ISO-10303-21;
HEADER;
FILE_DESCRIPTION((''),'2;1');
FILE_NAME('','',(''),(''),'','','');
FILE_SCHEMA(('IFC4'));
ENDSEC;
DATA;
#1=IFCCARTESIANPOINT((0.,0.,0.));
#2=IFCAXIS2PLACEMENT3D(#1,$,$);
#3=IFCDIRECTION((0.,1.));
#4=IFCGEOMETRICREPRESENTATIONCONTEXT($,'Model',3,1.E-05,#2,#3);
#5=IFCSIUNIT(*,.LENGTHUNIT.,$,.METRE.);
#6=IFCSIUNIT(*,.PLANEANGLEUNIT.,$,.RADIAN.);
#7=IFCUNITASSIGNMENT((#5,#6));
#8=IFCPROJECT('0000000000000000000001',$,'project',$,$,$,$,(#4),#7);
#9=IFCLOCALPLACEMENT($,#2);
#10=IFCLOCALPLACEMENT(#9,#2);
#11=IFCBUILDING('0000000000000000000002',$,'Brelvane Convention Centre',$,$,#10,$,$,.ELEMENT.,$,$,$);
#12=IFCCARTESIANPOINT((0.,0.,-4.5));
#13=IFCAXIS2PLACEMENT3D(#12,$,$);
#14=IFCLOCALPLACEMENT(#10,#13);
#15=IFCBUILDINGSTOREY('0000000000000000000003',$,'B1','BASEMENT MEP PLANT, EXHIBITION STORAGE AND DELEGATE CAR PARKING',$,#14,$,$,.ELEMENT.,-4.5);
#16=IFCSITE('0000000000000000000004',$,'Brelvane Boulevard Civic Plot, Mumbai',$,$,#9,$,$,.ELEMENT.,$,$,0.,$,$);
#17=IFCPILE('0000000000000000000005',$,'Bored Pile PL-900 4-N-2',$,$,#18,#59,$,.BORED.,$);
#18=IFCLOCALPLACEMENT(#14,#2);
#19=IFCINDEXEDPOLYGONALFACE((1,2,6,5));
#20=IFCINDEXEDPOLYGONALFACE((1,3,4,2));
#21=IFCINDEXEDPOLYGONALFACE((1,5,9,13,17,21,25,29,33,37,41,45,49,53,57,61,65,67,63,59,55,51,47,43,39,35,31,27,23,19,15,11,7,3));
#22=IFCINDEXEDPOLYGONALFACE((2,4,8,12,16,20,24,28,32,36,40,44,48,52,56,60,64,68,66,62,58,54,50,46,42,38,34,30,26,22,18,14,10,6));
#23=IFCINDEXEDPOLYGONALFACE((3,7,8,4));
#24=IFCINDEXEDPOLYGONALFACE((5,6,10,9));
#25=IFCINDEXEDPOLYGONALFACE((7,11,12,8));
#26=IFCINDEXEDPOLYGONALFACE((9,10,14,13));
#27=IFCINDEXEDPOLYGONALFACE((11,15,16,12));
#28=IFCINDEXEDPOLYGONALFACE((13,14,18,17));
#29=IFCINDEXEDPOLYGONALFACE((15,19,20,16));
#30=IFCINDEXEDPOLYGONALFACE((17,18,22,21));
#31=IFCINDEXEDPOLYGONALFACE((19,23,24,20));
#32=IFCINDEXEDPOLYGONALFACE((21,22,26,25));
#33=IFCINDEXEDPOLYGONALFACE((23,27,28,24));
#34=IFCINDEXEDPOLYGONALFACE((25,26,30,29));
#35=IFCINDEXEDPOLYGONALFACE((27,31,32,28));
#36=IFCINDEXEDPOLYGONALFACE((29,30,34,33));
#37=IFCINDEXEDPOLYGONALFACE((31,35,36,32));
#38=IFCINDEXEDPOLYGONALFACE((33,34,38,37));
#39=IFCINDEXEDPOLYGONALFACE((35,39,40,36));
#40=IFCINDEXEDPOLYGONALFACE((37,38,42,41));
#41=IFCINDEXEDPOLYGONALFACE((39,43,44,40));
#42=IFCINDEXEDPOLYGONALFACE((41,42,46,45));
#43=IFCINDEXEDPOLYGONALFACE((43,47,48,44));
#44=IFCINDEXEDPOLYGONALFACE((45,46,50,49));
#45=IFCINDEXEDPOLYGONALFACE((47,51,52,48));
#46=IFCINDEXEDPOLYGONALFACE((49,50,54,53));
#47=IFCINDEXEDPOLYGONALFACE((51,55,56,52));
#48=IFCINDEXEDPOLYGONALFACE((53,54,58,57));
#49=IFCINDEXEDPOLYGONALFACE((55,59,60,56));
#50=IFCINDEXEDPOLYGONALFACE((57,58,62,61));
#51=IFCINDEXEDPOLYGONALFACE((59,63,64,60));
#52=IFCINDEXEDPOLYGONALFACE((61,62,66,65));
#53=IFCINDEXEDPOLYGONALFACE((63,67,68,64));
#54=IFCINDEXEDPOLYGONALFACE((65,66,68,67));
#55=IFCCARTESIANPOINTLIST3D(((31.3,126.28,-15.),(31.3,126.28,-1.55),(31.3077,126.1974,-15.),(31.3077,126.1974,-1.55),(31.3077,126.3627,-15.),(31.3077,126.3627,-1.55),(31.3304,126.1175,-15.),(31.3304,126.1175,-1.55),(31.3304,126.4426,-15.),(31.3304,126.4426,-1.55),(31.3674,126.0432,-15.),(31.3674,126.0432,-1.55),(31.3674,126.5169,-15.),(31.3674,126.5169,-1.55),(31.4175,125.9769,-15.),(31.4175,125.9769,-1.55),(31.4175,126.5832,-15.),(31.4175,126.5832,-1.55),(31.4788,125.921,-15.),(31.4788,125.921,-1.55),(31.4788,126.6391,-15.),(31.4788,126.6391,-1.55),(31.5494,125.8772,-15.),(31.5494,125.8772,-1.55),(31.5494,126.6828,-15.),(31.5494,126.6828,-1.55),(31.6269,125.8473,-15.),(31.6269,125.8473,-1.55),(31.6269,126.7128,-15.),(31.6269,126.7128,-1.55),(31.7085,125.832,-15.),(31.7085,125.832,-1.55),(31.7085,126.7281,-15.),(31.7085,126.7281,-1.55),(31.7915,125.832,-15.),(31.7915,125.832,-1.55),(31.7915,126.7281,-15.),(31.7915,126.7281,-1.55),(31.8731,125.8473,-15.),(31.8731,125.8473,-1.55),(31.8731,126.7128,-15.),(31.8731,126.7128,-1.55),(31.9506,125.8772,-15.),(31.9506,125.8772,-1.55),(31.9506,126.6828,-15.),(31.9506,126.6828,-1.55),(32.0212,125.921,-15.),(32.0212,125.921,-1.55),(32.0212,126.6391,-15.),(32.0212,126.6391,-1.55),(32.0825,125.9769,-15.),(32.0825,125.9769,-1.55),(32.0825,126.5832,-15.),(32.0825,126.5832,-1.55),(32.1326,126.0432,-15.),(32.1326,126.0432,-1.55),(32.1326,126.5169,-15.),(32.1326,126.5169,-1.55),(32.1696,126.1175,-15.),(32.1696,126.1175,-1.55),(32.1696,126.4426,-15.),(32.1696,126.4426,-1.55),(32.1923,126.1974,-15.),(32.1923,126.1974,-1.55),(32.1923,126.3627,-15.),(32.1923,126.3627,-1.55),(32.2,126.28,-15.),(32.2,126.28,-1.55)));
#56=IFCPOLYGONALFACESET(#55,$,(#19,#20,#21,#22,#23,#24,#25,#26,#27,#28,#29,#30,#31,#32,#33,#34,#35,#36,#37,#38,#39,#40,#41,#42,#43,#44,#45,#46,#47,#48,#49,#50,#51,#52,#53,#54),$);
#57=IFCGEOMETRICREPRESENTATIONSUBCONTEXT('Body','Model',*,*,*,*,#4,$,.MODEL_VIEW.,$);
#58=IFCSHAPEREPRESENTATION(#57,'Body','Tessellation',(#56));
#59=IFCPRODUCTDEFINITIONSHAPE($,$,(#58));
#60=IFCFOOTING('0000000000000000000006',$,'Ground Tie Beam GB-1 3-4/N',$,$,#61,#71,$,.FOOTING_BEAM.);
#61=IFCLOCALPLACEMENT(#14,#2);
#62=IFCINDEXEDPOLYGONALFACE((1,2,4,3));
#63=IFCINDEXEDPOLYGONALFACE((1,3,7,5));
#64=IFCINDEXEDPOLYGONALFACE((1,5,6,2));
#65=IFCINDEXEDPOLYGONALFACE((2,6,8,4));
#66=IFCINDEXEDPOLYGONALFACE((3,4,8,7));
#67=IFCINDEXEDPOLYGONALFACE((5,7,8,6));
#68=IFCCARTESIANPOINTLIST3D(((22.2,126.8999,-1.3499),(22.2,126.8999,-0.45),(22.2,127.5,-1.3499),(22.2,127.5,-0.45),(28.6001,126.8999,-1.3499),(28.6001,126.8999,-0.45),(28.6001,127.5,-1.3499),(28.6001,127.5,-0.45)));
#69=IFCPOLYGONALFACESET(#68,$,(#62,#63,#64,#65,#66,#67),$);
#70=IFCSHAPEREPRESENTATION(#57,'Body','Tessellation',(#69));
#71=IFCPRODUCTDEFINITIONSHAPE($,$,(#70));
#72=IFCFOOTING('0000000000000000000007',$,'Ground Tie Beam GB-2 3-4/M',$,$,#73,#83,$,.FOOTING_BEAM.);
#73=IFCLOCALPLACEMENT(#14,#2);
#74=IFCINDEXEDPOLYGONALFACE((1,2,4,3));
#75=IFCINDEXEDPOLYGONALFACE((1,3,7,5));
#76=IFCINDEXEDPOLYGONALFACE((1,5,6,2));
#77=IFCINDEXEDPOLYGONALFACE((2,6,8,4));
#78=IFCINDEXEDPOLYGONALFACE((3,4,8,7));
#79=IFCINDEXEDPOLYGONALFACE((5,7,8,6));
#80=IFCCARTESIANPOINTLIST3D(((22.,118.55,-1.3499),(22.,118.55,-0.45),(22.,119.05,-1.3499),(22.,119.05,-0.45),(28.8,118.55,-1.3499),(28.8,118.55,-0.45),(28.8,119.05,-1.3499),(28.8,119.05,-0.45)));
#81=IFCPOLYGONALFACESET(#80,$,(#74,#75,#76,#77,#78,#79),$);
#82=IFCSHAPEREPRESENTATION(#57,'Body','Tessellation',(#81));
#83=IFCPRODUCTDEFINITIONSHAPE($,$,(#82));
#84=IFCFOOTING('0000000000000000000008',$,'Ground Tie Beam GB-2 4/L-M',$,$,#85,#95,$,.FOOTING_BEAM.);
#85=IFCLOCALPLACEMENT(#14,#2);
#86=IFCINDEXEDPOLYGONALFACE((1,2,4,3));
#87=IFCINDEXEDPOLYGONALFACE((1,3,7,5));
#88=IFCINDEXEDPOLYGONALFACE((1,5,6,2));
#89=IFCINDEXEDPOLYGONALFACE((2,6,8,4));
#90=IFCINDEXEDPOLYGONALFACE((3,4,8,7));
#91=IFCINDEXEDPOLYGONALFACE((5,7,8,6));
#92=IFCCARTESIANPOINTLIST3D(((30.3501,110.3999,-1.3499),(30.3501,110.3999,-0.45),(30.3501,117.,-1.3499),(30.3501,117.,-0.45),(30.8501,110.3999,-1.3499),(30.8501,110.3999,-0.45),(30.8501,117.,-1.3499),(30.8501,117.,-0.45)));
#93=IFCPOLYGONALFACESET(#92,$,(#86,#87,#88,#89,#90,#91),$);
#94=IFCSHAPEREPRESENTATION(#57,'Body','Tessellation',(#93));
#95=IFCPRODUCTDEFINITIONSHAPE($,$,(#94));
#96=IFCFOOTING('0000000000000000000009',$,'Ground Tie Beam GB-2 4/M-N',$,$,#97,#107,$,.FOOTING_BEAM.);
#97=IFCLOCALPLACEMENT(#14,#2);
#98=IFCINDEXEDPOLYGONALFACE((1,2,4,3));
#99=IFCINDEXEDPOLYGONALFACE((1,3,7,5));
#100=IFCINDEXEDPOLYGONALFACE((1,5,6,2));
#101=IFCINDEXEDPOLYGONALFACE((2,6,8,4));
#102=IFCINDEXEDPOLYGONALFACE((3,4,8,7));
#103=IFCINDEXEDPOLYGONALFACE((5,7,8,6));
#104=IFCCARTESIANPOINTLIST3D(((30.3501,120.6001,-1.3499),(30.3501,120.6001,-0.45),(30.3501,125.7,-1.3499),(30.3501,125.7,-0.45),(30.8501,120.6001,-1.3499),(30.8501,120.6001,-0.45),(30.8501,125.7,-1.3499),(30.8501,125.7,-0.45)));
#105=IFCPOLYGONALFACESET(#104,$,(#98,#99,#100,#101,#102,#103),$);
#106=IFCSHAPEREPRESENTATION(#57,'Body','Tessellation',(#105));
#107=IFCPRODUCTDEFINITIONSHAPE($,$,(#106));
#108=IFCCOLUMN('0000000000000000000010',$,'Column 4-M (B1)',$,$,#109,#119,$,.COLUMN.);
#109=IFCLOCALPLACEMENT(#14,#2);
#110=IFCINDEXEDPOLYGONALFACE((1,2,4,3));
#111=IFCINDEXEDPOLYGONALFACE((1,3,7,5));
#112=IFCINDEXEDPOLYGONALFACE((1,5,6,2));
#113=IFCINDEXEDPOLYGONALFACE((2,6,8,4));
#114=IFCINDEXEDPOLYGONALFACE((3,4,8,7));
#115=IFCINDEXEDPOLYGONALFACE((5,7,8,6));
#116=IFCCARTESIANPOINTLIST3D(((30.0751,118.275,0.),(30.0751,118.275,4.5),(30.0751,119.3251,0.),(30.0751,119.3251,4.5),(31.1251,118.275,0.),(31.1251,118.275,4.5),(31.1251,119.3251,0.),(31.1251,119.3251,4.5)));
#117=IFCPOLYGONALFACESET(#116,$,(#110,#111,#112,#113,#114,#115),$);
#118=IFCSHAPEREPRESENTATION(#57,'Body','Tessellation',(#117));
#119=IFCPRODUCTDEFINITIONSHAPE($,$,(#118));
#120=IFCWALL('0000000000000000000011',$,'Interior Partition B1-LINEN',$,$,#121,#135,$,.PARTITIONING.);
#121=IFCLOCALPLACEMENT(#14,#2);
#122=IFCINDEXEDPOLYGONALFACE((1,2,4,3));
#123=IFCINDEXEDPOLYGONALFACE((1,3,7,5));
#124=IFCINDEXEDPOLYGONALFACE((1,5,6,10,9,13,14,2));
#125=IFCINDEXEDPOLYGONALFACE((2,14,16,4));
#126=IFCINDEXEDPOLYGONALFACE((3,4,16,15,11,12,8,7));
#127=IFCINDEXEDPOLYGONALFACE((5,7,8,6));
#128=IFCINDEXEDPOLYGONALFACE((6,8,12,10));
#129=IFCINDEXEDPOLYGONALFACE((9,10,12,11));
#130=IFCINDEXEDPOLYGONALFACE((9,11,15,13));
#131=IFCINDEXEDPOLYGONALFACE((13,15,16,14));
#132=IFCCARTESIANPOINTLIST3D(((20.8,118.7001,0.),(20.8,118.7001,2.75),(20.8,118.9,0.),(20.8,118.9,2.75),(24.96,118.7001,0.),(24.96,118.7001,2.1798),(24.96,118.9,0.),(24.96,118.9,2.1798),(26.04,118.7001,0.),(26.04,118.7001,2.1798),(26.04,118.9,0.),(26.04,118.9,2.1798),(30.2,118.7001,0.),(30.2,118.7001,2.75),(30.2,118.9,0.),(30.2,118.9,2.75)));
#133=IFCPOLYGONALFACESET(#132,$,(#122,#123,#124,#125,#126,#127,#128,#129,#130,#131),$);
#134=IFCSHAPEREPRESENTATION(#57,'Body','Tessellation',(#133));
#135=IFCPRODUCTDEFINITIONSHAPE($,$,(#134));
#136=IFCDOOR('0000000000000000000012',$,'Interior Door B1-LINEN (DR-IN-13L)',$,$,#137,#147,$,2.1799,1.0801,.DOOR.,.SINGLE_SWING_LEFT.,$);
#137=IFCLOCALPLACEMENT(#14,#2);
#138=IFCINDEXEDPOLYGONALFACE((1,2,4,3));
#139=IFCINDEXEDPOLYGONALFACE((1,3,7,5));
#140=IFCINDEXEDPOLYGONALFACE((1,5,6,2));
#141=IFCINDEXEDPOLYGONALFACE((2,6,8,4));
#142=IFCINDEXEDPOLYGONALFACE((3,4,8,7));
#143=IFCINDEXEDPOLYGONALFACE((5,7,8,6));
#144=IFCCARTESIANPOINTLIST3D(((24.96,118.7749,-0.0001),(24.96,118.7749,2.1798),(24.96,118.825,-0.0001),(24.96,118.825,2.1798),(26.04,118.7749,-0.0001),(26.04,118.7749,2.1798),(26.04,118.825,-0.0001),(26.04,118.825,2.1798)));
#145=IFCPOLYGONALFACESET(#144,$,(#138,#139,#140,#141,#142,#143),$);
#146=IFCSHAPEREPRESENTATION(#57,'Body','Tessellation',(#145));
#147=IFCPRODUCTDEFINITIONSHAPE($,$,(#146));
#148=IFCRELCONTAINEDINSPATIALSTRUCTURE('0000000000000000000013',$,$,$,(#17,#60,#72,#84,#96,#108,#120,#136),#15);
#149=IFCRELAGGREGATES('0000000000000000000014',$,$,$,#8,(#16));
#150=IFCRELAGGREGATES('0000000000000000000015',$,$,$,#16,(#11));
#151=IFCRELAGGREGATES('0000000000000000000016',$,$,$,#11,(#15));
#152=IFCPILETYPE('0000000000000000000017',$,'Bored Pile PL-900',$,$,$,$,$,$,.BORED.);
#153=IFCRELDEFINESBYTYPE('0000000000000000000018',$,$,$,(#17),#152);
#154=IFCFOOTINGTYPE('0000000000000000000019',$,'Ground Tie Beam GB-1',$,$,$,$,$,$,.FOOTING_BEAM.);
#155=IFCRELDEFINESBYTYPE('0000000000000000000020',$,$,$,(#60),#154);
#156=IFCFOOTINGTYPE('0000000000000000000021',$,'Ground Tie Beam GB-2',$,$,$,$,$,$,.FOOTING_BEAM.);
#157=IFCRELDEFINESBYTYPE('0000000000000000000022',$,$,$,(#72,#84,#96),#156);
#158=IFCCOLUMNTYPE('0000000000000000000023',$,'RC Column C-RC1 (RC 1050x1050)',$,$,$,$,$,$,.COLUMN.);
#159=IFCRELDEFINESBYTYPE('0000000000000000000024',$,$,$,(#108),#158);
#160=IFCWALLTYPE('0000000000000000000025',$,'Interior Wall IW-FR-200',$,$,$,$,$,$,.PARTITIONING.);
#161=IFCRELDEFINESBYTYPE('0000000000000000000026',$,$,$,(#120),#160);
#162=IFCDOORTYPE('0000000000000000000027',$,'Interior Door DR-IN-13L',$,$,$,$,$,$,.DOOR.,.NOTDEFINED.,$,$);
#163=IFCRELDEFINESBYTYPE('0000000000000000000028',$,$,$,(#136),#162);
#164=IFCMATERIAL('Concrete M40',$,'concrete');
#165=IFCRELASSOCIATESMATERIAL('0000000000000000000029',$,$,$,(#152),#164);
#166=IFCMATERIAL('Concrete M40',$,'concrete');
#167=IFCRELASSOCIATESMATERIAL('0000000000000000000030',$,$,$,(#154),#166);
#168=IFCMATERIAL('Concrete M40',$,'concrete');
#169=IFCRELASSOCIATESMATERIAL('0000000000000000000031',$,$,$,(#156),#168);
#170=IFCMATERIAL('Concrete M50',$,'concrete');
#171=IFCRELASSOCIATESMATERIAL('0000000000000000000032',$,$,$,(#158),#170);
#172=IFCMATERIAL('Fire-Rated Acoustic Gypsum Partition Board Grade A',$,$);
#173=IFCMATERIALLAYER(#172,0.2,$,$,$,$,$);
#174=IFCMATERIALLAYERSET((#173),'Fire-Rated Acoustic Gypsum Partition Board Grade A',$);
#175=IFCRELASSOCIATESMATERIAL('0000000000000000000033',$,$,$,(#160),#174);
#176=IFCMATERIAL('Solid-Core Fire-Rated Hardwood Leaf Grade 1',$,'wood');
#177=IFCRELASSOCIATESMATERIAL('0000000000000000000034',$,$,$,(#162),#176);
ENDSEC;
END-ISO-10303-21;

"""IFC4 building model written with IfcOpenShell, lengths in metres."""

from ifc_helpers import new_model, si_unit, direction, frame, frame_2d, origin, origin_2d, place, context, subcontext, project, spatial, rectangle, circle, extrude, material, layer, layer_set, material_profile, profile_set, type_object, element, fill, save


model = new_model("IFC4")

# Units and contexts
model_context = context("Model", 3, precision=1e-05, world=origin(), true_north=direction((0.0, 1.0)))
body_context = subcontext(model_context, "Body", "Model", "MODEL_VIEW")
ifc_project = project(units=[si_unit("LENGTHUNIT", "METRE"), si_unit("PLANEANGLEUNIT", "RADIAN")], contexts=[model_context])

# Site, building, storey
site_placement = place(None, origin())
site = spatial("IfcSite", under=ifc_project, at=site_placement, Name="Brelvane Boulevard Civic Plot, Mumbai", CompositionType="ELEMENT", RefElevation=0.0)
building_placement = place(site_placement, origin())
building = spatial("IfcBuilding", under=site, at=building_placement, Name="Brelvane Convention Centre", CompositionType="ELEMENT")
storey_placement = place(building_placement, frame((0.0, 0.0, -4.5)))
storey = spatial("IfcBuildingStorey", under=building, at=storey_placement, Name="B1", Description="BASEMENT MEP PLANT, EXHIBITION STORAGE AND DELEGATE CAR PARKING", CompositionType="ELEMENT", Elevation=-4.5)

# Pile
ifc_material_1 = material(Name="Concrete M40", Category="concrete")
ifc_material_profile_1 = material_profile(ifc_material_1, circle(Radius=0.45, at=origin_2d()), Name="PILE D900")
ifc_profile_set_1 = profile_set([ifc_material_profile_1], Name="Concrete M40")
pile_type = type_object("IfcPileType", Name="Bored Pile PL-900", PredefinedType="BORED", material=ifc_profile_set_1)
for number, where, z_axis, x_axis, name in (
    (1, (31.75, 126.28, -1.55), (0.0, 0.0, -1.0), (1.0, 0.0, 0.0), "Bored Pile PL-900 4-N-2"),
):
    element("IfcPile", number, at=place(storey_placement, frame(where, z_axis=z_axis, x_axis=x_axis)), inside=storey, type_object=pile_type, Name=name, PredefinedType="BORED", context=body_context, shape_type="SweptSolid", body=[
        extrude(circle(Radius=0.45, at=origin_2d()), origin(), (0.0, 0.0, 1.0), 13.45),
    ])

# Footings
ifc_material_2 = material(Name="Concrete M40", Category="concrete")
ifc_material_profile_2 = material_profile(ifc_material_2, rectangle(XDim=0.6001, YDim=0.8999, at=origin_2d()), Name="RC 600x900")
ifc_profile_set_2 = profile_set([ifc_material_profile_2], Name="Concrete M40")
footing_type_1 = type_object("IfcFootingType", Name="Ground Tie Beam GB-1", PredefinedType="FOOTING_BEAM", material=ifc_profile_set_2)
footing_1_placement = place(storey_placement, frame((22.2, 127.2, -0.8999), z_axis=(1.0, 0.0, 0.0), x_axis=(0.0, 1.0, 0.0)))
element("IfcFooting", 2, at=footing_1_placement, inside=storey, type_object=footing_type_1, Name="Ground Tie Beam GB-1 3-4/N", PredefinedType="FOOTING_BEAM", context=body_context, shape_type="SweptSolid", body=[
    extrude(rectangle(XDim=0.6001, YDim=0.8999, at=origin_2d()), origin(), (0.0, 0.0, 1.0), 6.4001),
])
ifc_material_3 = material(Name="Concrete M40", Category="concrete")
ifc_material_profile_3 = material_profile(ifc_material_3, rectangle(XDim=0.5, YDim=0.8999, at=origin_2d()), Name="RC 500x900")
ifc_profile_set_3 = profile_set([ifc_material_profile_3], Name="Concrete M40")
footing_type_2 = type_object("IfcFootingType", Name="Ground Tie Beam GB-2", PredefinedType="FOOTING_BEAM", material=ifc_profile_set_3)
footing_2_placement = place(storey_placement, frame((22.0, 118.8, -0.8999), z_axis=(1.0, 0.0, 0.0), x_axis=(0.0, 1.0, 0.0)))
element("IfcFooting", 3, at=footing_2_placement, inside=storey, type_object=footing_type_2, Name="Ground Tie Beam GB-2 3-4/M", PredefinedType="FOOTING_BEAM", context=body_context, shape_type="SweptSolid", body=[
    extrude(rectangle(XDim=0.5, YDim=0.8999, at=origin_2d()), origin(), (0.0, 0.0, 1.0), 6.8),
])
footing_3_placement = place(storey_placement, frame((30.6001, 110.3999, -0.8999), z_axis=(0.0, 1.0, 0.0), x_axis=(-1.0, 0.0, 0.0)))
element("IfcFooting", 4, at=footing_3_placement, inside=storey, type_object=footing_type_2, Name="Ground Tie Beam GB-2 4/L-M", PredefinedType="FOOTING_BEAM", context=body_context, shape_type="SweptSolid", body=[
    extrude(rectangle(XDim=0.5, YDim=0.8999, at=origin_2d()), origin(), (0.0, 0.0, 1.0), 6.6001),
])
footing_4_placement = place(storey_placement, frame((30.6001, 120.6001, -0.8999), z_axis=(0.0, 1.0, 0.0), x_axis=(-1.0, 0.0, 0.0)))
element("IfcFooting", 5, at=footing_4_placement, inside=storey, type_object=footing_type_2, Name="Ground Tie Beam GB-2 4/M-N", PredefinedType="FOOTING_BEAM", context=body_context, shape_type="SweptSolid", body=[
    extrude(rectangle(XDim=0.5, YDim=0.8999, at=origin_2d()), origin(), (0.0, 0.0, 1.0), 5.0999),
])

# Column
ifc_material_4 = material(Name="Concrete M50", Category="concrete")
ifc_material_profile_4 = material_profile(ifc_material_4, rectangle(XDim=1.05, YDim=1.05, at=origin_2d()), Name="RC 1050x1050")
ifc_profile_set_4 = profile_set([ifc_material_profile_4], Name="Concrete M50")
column_type = type_object("IfcColumnType", Name="RC Column C-RC1 (RC 1050x1050)", PredefinedType="COLUMN", material=ifc_profile_set_4)
column_placement = place(storey_placement, frame((30.6001, 118.8, 0.0), z_axis=(0.0, 0.0, 1.0), x_axis=(1.0, 0.0, 0.0)))
element("IfcColumn", 6, at=column_placement, inside=storey, type_object=column_type, Name="Column 4-M (B1)", PredefinedType="COLUMN", context=body_context, shape_type="SweptSolid", body=[
    extrude(rectangle(XDim=1.05, YDim=1.05, at=origin_2d()), origin(), (0.0, 0.0, 1.0), 4.5),
])

# Wall, opening, door
ifc_material_5 = material(Name="Fire-Rated Acoustic Gypsum Partition Board Grade A")
ifc_layer_1 = layer(ifc_material_5, 0.2)
ifc_layer_set_1 = layer_set([ifc_layer_1], Name="Fire-Rated Acoustic Gypsum Partition Board Grade A")
wall_type_1 = type_object("IfcWallType", Name="Interior Wall IW-FR-200", PredefinedType="PARTITIONING", material=ifc_layer_set_1)
wall_1_placement = place(storey_placement, frame((20.8, 118.8, 0.0), z_axis=(0.0, 0.0, 1.0), x_axis=(1.0, 0.0, 0.0)))
wall_1 = element("IfcWall", 7, at=wall_1_placement, inside=storey, type_object=wall_type_1, Name="Interior Partition B1-LINEN", PredefinedType="PARTITIONING", context=body_context, shape_type="SweptSolid", body=[
    extrude(rectangle(XDim=9.3999, YDim=0.2, at=frame_2d((4.7, 0.0))), origin(), (0.0, 0.0, 1.0), 2.75),
])
opening_1_placement = place(wall_1_placement, frame((4.1599, 0.0, 0.0)))
opening_1 = element("IfcOpeningElement", 8, at=opening_1_placement, cuts=wall_1, PredefinedType="OPENING", context=body_context, shape_type="SweptSolid", body=[
    extrude(rectangle(XDim=1.0801, YDim=2.1799, at=frame_2d((0.54, 1.0898))), frame((0.0, 0.1099, 0.0), z_axis=(0.0, -1.0, 0.0), x_axis=(1.0, 0.0, 0.0)), (0.0, 0.0, 1.0), 0.22),
])
ifc_material_6 = material(Name="Solid-Core Fire-Rated Hardwood Leaf Grade 1", Category="wood")
door_type_1 = type_object("IfcDoorType", Name="Interior Door DR-IN-13L", OperationType="NOTDEFINED", PredefinedType="DOOR", material=ifc_material_6)
door_1_placement = place(opening_1_placement, origin())
door_1 = element("IfcDoor", 9, at=door_1_placement, inside=storey, type_object=door_type_1, Name="Interior Door B1-LINEN (DR-IN-13L)", OperationType="SINGLE_SWING_LEFT", OverallHeight=2.1799, OverallWidth=1.0801, PredefinedType="DOOR", context=body_context, shape_type="SweptSolid", body=[
    extrude(rectangle(XDim=1.0801, YDim=2.1799, at=frame_2d((0.54, 1.0898))), frame((0.0, 0.0249, 0.0), z_axis=(0.0, -1.0, 0.0), x_axis=(1.0, 0.0, 0.0)), (0.0, 0.0, 1.0), 0.05),
])
fill(opening_1, door_1)

save(model, "model.ifc")
